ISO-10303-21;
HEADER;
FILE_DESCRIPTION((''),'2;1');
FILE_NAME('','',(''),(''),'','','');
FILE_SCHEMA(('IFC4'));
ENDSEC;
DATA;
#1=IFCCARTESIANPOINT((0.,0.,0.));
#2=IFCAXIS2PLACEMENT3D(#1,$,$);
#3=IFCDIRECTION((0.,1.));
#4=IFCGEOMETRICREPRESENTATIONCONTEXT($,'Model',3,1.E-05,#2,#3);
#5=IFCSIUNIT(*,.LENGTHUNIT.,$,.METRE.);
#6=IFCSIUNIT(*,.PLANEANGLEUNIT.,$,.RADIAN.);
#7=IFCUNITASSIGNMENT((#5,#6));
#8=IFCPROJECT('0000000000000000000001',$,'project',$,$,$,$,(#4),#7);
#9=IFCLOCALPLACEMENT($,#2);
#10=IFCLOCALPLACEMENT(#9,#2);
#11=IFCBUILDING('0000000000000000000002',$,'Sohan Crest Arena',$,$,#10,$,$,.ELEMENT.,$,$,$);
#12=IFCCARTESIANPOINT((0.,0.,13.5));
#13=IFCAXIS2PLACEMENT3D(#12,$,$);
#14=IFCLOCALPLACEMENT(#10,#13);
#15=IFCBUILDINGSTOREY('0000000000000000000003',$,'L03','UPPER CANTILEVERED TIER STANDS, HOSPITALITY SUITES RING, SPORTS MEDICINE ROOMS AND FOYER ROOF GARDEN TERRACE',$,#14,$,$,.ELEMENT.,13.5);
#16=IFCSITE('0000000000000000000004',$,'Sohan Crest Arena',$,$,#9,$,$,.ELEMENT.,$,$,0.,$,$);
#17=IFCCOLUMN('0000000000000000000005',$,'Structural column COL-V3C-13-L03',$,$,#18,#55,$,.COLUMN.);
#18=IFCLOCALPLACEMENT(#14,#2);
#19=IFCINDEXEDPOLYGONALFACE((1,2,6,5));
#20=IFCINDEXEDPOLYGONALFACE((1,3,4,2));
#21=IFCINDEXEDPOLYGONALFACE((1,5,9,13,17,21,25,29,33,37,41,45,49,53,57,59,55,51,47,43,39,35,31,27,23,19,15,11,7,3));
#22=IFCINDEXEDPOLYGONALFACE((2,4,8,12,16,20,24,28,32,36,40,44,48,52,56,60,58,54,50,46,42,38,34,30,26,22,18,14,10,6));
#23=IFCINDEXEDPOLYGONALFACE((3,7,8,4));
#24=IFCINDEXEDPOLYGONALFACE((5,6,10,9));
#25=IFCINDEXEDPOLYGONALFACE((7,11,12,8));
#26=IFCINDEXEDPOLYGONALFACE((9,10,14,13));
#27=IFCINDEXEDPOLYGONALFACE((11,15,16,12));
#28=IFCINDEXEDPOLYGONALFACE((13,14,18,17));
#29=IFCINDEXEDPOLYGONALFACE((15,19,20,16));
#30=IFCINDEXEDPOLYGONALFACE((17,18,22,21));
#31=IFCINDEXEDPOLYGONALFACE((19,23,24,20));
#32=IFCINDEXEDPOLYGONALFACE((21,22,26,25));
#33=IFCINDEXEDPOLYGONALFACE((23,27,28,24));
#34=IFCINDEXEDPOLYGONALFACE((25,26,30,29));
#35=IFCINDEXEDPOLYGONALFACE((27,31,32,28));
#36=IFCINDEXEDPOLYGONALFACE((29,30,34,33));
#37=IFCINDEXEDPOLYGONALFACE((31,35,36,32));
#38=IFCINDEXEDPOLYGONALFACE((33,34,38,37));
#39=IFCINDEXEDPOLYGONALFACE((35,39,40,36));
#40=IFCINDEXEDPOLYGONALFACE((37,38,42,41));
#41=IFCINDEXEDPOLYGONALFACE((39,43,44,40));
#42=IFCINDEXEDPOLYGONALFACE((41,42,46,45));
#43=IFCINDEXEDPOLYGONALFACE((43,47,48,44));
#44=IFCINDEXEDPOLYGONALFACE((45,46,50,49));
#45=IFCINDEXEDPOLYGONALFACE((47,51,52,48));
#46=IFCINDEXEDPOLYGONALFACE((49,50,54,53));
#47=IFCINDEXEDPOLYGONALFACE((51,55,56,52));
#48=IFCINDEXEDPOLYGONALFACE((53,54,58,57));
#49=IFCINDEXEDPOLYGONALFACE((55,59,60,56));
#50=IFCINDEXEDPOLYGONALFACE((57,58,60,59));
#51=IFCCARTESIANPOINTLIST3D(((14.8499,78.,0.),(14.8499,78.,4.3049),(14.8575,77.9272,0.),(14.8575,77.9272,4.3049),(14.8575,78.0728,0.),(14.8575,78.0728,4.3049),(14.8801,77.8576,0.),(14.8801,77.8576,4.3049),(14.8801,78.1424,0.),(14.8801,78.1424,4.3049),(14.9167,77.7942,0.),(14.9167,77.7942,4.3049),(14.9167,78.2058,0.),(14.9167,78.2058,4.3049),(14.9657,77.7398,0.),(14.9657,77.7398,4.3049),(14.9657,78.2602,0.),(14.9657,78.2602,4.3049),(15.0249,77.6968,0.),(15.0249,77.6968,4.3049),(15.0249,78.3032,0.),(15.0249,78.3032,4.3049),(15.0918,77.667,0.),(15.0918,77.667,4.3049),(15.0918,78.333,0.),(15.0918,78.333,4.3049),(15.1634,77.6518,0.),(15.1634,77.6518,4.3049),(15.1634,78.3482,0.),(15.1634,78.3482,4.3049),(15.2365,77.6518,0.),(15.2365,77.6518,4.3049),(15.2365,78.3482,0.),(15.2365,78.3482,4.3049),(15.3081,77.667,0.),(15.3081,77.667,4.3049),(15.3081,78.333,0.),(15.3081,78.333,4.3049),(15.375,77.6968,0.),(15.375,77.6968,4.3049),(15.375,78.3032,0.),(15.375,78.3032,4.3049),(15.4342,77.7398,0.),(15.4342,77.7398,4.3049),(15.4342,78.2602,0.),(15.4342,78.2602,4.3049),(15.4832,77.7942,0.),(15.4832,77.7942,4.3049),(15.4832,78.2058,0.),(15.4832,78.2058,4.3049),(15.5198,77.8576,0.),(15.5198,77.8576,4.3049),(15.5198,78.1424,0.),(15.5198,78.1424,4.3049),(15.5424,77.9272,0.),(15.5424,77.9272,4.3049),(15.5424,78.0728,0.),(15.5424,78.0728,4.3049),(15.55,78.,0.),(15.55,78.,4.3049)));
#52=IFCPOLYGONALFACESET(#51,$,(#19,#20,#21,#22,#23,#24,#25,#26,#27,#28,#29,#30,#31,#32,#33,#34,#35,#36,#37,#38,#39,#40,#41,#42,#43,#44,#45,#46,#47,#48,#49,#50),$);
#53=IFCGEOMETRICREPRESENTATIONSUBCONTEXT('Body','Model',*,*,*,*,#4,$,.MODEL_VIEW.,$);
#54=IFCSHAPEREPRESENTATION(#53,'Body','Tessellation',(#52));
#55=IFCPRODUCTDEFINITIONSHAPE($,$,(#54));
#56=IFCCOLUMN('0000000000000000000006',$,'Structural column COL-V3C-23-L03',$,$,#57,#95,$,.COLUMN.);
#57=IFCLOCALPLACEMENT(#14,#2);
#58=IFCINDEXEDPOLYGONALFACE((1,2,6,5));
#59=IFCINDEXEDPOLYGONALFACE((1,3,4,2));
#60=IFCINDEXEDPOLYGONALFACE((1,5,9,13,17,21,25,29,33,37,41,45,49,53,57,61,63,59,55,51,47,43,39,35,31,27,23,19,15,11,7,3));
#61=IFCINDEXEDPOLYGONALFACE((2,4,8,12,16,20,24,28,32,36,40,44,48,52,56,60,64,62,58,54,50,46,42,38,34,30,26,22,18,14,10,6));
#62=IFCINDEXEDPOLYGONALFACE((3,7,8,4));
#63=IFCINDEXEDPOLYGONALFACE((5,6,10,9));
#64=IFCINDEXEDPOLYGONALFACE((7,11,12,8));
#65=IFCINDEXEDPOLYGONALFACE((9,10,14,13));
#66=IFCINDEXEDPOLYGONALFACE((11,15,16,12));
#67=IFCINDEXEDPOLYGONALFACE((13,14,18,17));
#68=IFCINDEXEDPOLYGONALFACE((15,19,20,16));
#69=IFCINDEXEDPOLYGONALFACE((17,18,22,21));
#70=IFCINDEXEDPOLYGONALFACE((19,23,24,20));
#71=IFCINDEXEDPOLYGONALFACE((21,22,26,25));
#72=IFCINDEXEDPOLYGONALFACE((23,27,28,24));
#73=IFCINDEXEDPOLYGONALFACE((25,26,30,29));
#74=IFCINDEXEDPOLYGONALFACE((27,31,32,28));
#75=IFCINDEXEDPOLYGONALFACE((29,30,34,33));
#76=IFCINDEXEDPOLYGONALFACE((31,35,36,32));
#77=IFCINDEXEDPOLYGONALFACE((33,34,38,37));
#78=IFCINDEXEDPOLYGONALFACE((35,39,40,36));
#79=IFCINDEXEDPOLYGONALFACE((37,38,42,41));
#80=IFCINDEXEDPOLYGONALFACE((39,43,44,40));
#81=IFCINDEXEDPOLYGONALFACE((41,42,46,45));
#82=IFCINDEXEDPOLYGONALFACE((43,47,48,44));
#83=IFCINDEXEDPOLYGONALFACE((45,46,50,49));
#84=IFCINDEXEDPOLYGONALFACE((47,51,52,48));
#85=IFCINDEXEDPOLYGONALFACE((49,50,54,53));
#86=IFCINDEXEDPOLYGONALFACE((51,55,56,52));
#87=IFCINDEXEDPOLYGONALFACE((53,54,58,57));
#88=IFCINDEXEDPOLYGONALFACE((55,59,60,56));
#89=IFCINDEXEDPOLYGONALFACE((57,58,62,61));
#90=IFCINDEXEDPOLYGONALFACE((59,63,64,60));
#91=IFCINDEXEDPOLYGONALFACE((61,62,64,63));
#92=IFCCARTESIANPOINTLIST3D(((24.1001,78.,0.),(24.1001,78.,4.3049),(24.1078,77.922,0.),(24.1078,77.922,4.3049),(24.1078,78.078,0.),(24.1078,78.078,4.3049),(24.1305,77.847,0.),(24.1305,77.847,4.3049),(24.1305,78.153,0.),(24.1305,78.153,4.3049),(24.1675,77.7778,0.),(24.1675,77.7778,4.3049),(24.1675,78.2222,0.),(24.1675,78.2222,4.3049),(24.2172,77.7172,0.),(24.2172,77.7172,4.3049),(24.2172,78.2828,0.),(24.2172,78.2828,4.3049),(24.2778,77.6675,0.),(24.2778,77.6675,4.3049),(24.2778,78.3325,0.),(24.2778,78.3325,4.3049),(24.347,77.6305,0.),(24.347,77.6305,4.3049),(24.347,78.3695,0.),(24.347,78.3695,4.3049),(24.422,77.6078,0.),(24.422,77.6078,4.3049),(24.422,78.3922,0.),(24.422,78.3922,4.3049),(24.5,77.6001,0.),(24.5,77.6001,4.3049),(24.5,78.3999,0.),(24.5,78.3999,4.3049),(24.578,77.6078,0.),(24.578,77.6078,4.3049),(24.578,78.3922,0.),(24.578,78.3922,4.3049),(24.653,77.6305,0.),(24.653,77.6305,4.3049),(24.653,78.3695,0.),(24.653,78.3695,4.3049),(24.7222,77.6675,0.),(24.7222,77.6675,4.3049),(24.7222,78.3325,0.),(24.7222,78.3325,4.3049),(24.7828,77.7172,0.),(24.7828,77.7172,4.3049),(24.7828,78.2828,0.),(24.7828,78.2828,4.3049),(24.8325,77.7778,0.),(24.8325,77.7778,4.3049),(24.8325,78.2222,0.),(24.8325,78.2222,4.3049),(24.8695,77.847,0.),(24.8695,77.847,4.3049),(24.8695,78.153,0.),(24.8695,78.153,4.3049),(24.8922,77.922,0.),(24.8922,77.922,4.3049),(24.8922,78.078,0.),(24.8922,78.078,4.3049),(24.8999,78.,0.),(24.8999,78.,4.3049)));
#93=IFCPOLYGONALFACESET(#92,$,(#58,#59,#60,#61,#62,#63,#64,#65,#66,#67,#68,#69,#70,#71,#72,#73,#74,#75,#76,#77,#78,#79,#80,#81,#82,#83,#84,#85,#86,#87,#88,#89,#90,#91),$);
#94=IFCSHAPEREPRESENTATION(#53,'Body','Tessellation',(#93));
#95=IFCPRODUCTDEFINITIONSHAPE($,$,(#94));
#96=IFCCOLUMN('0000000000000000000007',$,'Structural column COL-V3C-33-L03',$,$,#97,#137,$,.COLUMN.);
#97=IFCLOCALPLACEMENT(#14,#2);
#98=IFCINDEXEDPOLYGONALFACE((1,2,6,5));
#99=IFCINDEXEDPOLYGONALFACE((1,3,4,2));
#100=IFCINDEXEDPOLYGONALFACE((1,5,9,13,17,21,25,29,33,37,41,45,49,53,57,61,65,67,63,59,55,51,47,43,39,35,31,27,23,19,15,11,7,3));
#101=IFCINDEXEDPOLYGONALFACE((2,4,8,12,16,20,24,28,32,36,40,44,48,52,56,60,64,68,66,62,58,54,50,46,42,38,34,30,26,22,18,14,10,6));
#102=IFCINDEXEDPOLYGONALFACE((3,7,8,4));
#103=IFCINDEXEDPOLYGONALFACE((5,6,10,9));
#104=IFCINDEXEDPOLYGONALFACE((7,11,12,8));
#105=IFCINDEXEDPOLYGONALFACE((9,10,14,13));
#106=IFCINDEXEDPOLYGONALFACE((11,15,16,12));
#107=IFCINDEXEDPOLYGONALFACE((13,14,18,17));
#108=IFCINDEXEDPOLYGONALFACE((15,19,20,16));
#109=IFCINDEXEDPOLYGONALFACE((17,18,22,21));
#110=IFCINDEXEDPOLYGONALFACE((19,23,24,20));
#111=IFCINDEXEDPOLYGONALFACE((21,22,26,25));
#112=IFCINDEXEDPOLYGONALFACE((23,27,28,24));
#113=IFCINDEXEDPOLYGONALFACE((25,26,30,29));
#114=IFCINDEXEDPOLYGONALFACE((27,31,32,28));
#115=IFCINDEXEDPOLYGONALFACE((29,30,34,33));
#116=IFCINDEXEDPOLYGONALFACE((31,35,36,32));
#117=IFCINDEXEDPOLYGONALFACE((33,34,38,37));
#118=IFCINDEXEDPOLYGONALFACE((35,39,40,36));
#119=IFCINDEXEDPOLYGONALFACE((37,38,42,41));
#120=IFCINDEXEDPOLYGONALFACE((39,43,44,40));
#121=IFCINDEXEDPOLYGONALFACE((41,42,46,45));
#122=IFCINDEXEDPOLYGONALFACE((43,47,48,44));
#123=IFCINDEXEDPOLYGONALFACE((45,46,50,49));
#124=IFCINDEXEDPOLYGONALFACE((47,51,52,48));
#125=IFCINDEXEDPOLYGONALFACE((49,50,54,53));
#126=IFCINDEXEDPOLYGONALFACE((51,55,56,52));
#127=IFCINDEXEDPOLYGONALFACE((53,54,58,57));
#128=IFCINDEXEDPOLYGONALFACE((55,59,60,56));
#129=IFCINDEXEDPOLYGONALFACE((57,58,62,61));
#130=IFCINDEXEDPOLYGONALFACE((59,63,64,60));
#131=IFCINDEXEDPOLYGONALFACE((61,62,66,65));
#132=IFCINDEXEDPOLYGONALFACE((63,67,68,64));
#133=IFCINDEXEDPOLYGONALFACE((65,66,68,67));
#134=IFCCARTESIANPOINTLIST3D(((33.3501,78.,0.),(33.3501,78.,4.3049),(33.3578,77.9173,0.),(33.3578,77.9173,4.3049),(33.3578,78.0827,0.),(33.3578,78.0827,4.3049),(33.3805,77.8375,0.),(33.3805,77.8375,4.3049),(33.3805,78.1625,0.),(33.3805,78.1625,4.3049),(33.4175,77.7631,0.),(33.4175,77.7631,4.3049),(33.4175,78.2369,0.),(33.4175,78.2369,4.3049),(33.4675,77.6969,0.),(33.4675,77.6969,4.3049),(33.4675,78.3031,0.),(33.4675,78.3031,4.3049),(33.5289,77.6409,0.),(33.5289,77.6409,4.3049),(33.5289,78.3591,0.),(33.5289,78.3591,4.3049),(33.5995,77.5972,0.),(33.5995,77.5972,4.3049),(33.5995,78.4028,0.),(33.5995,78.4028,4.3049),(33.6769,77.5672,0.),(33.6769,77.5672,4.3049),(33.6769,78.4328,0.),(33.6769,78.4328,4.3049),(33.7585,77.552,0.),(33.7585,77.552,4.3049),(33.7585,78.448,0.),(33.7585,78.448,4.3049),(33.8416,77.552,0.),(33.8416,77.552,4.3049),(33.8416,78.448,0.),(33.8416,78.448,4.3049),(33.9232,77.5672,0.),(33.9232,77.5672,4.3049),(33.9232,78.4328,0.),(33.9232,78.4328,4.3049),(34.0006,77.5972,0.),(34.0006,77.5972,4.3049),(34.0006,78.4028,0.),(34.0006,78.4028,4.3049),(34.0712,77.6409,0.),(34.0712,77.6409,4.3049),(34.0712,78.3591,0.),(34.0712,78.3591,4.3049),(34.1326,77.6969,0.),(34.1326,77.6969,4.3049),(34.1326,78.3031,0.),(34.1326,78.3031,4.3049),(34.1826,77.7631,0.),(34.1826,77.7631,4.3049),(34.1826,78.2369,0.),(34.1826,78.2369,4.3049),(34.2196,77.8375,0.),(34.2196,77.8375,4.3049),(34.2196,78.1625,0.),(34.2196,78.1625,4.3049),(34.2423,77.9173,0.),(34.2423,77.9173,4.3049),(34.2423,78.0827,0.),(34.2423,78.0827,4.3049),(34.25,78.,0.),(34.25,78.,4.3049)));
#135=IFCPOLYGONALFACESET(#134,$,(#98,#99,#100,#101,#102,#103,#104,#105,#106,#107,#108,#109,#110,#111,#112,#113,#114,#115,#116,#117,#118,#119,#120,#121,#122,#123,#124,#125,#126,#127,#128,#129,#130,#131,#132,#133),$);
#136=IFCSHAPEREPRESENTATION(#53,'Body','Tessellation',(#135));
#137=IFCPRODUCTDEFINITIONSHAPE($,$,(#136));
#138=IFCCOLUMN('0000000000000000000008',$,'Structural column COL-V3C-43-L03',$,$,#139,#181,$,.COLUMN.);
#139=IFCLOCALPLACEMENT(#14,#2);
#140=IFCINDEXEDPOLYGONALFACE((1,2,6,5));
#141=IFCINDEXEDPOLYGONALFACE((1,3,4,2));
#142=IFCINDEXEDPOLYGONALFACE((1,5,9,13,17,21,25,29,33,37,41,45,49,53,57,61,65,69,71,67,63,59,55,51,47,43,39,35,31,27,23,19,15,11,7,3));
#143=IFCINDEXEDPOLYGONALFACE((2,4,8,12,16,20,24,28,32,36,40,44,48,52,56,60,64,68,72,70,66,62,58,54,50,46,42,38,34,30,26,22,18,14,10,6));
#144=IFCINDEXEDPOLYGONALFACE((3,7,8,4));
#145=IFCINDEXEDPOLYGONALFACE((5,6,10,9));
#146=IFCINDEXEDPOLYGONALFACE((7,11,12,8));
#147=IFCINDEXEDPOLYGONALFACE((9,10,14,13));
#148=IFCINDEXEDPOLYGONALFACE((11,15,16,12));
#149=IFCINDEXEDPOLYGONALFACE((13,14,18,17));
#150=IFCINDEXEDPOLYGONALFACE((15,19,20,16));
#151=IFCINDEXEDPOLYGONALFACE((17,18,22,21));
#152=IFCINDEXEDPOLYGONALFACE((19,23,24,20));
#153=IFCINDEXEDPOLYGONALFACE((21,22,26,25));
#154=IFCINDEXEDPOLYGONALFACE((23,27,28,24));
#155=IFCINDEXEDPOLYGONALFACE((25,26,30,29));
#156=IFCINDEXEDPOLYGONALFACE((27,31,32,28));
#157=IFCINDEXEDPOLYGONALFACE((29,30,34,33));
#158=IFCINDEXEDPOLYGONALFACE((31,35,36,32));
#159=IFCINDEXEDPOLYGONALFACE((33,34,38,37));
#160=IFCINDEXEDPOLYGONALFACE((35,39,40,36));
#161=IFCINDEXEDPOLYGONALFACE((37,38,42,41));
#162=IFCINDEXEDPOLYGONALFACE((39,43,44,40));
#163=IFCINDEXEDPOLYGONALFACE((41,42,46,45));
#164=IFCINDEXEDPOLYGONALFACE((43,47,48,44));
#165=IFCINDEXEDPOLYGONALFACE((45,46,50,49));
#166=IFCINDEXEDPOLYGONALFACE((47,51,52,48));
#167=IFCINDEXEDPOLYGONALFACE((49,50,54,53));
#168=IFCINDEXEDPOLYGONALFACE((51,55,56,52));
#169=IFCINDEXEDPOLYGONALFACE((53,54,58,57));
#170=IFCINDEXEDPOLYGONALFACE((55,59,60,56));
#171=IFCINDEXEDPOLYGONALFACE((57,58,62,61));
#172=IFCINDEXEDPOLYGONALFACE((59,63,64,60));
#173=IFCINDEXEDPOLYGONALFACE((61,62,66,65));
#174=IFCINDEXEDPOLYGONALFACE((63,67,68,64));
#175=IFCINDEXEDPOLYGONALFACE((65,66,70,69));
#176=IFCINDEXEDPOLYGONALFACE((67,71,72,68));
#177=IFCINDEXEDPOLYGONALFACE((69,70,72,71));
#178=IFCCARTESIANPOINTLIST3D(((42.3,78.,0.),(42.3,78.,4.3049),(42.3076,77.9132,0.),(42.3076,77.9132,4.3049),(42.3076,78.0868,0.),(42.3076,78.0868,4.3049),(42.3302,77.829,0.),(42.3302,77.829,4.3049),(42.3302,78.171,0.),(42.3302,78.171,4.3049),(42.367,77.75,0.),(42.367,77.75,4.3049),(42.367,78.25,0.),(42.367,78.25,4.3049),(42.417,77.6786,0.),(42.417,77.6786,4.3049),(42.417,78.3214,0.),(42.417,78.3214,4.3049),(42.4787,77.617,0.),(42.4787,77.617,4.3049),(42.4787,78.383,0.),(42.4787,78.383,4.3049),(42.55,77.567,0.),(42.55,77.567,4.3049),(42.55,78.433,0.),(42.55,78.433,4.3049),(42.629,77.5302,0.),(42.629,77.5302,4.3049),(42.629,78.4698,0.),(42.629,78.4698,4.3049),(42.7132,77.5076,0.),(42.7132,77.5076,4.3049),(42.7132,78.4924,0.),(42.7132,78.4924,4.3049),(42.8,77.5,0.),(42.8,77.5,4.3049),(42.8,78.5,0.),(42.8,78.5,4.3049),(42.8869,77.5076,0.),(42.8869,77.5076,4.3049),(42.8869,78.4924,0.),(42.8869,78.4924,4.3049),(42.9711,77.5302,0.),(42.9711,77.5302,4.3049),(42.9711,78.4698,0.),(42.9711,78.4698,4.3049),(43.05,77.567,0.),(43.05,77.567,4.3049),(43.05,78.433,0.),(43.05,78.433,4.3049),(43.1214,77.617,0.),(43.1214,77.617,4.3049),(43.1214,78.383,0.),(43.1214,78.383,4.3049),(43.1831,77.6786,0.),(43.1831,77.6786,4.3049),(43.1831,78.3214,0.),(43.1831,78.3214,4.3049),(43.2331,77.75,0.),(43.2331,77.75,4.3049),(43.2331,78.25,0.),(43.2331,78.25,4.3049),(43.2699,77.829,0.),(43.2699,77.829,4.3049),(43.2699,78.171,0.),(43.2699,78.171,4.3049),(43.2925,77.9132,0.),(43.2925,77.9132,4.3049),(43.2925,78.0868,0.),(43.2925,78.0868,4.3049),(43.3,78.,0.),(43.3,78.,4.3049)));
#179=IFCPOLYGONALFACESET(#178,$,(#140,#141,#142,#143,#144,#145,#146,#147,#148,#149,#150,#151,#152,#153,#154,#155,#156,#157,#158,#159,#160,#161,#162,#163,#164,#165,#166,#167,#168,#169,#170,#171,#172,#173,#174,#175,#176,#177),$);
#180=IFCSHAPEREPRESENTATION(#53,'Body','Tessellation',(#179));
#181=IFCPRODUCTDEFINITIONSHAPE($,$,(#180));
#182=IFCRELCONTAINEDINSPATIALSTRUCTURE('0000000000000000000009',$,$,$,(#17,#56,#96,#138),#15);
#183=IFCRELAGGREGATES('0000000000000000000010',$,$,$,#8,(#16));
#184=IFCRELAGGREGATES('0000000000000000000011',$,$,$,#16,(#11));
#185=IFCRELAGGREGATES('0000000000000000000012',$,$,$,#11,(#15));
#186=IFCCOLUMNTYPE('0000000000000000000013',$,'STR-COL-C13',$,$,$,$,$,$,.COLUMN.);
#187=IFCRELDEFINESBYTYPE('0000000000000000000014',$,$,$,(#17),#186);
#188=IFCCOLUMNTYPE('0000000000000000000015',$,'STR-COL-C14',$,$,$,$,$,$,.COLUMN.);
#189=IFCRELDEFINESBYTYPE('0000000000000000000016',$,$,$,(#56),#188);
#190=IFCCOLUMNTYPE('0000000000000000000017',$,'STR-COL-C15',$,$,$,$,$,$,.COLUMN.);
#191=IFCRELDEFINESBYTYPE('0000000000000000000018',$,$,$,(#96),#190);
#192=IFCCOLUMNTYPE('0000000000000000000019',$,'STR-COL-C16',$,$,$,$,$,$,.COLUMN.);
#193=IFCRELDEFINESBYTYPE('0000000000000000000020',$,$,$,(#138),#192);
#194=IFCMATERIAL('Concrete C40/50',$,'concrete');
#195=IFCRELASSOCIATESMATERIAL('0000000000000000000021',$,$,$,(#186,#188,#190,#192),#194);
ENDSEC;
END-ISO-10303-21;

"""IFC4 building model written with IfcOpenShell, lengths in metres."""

from ifc_helpers import new_model, si_unit, direction, frame, origin, origin_2d, place, context, subcontext, project, spatial, circle, extrude, material, material_profile, profile_set, type_object, element, save


model = new_model("IFC4")

# Units and contexts
model_context = context("Model", 3, precision=1e-05, world=origin(), true_north=direction((0.0, 1.0)))
body_context = subcontext(model_context, "Body", "Model", "MODEL_VIEW")
ifc_project = project(units=[si_unit("LENGTHUNIT", "METRE"), si_unit("PLANEANGLEUNIT", "RADIAN")], contexts=[model_context])

# Site, building, storey
site_placement = place(None, origin())
site = spatial("IfcSite", under=ifc_project, at=site_placement, Name="Sohan Crest Arena", CompositionType="ELEMENT", RefElevation=0.0)
building_placement = place(site_placement, origin())
building = spatial("IfcBuilding", under=site, at=building_placement, Name="Sohan Crest Arena", CompositionType="ELEMENT")
storey_placement = place(building_placement, frame((0.0, 0.0, 13.5)))
storey = spatial("IfcBuildingStorey", under=building, at=storey_placement, Name="L03", Description="UPPER CANTILEVERED TIER STANDS, HOSPITALITY SUITES RING, SPORTS MEDICINE ROOMS AND FOYER ROOF GARDEN TERRACE", CompositionType="ELEMENT", Elevation=13.5)

# Columns
ifc_material_1 = material(Name="Concrete C40/50", Category="concrete")
ifc_material_profile_1 = material_profile(ifc_material_1, circle(Radius=0.3501, at=origin_2d()), Name="RC D700")
ifc_profile_set_1 = profile_set([ifc_material_profile_1], Name="Concrete C40/50")
column_type_1 = type_object("IfcColumnType", Name="STR-COL-C13", PredefinedType="COLUMN", material=ifc_profile_set_1)
column_1_placement = place(storey_placement, frame((15.2, 78.0, 0.0), z_axis=(0.0, 0.0, 1.0), x_axis=(1.0, 0.0, 0.0)))
element("IfcColumn", 1, at=column_1_placement, inside=storey, type_object=column_type_1, Name="Structural column COL-V3C-13-L03", PredefinedType="COLUMN", context=body_context, shape_type="SweptSolid", body=[
    extrude(circle(Radius=0.3501, at=origin_2d()), origin(), (0.0, 0.0, 1.0), 4.3049),
])
ifc_material_profile_2 = material_profile(ifc_material_1, circle(Radius=0.3999, at=origin_2d()), Name="RC D800")
ifc_profile_set_2 = profile_set([ifc_material_profile_2], Name="Concrete C40/50")
column_type_2 = type_object("IfcColumnType", Name="STR-COL-C14", PredefinedType="COLUMN", material=ifc_profile_set_2)
column_2_placement = place(storey_placement, frame((24.5, 78.0, 0.0), z_axis=(0.0, 0.0, 1.0), x_axis=(1.0, 0.0, 0.0)))
element("IfcColumn", 2, at=column_2_placement, inside=storey, type_object=column_type_2, Name="Structural column COL-V3C-23-L03", PredefinedType="COLUMN", context=body_context, shape_type="SweptSolid", body=[
    extrude(circle(Radius=0.3999, at=origin_2d()), origin(), (0.0, 0.0, 1.0), 4.3049),
])
ifc_material_profile_3 = material_profile(ifc_material_1, circle(Radius=0.45, at=origin_2d()), Name="RC D900")
ifc_profile_set_3 = profile_set([ifc_material_profile_3], Name="Concrete C40/50")
column_type_3 = type_object("IfcColumnType", Name="STR-COL-C15", PredefinedType="COLUMN", material=ifc_profile_set_3)
column_3_placement = place(storey_placement, frame((33.8, 78.0, 0.0), z_axis=(0.0, 0.0, 1.0), x_axis=(1.0, 0.0, 0.0)))
element("IfcColumn", 3, at=column_3_placement, inside=storey, type_object=column_type_3, Name="Structural column COL-V3C-33-L03", PredefinedType="COLUMN", context=body_context, shape_type="SweptSolid", body=[
    extrude(circle(Radius=0.45, at=origin_2d()), origin(), (0.0, 0.0, 1.0), 4.3049),
])
ifc_material_profile_4 = material_profile(ifc_material_1, circle(Radius=0.5, at=origin_2d()), Name="RC D1000")
ifc_profile_set_4 = profile_set([ifc_material_profile_4], Name="Concrete C40/50")
column_type_4 = type_object("IfcColumnType", Name="STR-COL-C16", PredefinedType="COLUMN", material=ifc_profile_set_4)
column_4_placement = place(storey_placement, frame((42.8, 78.0, 0.0), z_axis=(0.0, 0.0, 1.0), x_axis=(1.0, 0.0, 0.0)))
element("IfcColumn", 4, at=column_4_placement, inside=storey, type_object=column_type_4, Name="Structural column COL-V3C-43-L03", PredefinedType="COLUMN", context=body_context, shape_type="SweptSolid", body=[
    extrude(circle(Radius=0.5, at=origin_2d()), origin(), (0.0, 0.0, 1.0), 4.3049),
])

save(model, "model.ifc")
